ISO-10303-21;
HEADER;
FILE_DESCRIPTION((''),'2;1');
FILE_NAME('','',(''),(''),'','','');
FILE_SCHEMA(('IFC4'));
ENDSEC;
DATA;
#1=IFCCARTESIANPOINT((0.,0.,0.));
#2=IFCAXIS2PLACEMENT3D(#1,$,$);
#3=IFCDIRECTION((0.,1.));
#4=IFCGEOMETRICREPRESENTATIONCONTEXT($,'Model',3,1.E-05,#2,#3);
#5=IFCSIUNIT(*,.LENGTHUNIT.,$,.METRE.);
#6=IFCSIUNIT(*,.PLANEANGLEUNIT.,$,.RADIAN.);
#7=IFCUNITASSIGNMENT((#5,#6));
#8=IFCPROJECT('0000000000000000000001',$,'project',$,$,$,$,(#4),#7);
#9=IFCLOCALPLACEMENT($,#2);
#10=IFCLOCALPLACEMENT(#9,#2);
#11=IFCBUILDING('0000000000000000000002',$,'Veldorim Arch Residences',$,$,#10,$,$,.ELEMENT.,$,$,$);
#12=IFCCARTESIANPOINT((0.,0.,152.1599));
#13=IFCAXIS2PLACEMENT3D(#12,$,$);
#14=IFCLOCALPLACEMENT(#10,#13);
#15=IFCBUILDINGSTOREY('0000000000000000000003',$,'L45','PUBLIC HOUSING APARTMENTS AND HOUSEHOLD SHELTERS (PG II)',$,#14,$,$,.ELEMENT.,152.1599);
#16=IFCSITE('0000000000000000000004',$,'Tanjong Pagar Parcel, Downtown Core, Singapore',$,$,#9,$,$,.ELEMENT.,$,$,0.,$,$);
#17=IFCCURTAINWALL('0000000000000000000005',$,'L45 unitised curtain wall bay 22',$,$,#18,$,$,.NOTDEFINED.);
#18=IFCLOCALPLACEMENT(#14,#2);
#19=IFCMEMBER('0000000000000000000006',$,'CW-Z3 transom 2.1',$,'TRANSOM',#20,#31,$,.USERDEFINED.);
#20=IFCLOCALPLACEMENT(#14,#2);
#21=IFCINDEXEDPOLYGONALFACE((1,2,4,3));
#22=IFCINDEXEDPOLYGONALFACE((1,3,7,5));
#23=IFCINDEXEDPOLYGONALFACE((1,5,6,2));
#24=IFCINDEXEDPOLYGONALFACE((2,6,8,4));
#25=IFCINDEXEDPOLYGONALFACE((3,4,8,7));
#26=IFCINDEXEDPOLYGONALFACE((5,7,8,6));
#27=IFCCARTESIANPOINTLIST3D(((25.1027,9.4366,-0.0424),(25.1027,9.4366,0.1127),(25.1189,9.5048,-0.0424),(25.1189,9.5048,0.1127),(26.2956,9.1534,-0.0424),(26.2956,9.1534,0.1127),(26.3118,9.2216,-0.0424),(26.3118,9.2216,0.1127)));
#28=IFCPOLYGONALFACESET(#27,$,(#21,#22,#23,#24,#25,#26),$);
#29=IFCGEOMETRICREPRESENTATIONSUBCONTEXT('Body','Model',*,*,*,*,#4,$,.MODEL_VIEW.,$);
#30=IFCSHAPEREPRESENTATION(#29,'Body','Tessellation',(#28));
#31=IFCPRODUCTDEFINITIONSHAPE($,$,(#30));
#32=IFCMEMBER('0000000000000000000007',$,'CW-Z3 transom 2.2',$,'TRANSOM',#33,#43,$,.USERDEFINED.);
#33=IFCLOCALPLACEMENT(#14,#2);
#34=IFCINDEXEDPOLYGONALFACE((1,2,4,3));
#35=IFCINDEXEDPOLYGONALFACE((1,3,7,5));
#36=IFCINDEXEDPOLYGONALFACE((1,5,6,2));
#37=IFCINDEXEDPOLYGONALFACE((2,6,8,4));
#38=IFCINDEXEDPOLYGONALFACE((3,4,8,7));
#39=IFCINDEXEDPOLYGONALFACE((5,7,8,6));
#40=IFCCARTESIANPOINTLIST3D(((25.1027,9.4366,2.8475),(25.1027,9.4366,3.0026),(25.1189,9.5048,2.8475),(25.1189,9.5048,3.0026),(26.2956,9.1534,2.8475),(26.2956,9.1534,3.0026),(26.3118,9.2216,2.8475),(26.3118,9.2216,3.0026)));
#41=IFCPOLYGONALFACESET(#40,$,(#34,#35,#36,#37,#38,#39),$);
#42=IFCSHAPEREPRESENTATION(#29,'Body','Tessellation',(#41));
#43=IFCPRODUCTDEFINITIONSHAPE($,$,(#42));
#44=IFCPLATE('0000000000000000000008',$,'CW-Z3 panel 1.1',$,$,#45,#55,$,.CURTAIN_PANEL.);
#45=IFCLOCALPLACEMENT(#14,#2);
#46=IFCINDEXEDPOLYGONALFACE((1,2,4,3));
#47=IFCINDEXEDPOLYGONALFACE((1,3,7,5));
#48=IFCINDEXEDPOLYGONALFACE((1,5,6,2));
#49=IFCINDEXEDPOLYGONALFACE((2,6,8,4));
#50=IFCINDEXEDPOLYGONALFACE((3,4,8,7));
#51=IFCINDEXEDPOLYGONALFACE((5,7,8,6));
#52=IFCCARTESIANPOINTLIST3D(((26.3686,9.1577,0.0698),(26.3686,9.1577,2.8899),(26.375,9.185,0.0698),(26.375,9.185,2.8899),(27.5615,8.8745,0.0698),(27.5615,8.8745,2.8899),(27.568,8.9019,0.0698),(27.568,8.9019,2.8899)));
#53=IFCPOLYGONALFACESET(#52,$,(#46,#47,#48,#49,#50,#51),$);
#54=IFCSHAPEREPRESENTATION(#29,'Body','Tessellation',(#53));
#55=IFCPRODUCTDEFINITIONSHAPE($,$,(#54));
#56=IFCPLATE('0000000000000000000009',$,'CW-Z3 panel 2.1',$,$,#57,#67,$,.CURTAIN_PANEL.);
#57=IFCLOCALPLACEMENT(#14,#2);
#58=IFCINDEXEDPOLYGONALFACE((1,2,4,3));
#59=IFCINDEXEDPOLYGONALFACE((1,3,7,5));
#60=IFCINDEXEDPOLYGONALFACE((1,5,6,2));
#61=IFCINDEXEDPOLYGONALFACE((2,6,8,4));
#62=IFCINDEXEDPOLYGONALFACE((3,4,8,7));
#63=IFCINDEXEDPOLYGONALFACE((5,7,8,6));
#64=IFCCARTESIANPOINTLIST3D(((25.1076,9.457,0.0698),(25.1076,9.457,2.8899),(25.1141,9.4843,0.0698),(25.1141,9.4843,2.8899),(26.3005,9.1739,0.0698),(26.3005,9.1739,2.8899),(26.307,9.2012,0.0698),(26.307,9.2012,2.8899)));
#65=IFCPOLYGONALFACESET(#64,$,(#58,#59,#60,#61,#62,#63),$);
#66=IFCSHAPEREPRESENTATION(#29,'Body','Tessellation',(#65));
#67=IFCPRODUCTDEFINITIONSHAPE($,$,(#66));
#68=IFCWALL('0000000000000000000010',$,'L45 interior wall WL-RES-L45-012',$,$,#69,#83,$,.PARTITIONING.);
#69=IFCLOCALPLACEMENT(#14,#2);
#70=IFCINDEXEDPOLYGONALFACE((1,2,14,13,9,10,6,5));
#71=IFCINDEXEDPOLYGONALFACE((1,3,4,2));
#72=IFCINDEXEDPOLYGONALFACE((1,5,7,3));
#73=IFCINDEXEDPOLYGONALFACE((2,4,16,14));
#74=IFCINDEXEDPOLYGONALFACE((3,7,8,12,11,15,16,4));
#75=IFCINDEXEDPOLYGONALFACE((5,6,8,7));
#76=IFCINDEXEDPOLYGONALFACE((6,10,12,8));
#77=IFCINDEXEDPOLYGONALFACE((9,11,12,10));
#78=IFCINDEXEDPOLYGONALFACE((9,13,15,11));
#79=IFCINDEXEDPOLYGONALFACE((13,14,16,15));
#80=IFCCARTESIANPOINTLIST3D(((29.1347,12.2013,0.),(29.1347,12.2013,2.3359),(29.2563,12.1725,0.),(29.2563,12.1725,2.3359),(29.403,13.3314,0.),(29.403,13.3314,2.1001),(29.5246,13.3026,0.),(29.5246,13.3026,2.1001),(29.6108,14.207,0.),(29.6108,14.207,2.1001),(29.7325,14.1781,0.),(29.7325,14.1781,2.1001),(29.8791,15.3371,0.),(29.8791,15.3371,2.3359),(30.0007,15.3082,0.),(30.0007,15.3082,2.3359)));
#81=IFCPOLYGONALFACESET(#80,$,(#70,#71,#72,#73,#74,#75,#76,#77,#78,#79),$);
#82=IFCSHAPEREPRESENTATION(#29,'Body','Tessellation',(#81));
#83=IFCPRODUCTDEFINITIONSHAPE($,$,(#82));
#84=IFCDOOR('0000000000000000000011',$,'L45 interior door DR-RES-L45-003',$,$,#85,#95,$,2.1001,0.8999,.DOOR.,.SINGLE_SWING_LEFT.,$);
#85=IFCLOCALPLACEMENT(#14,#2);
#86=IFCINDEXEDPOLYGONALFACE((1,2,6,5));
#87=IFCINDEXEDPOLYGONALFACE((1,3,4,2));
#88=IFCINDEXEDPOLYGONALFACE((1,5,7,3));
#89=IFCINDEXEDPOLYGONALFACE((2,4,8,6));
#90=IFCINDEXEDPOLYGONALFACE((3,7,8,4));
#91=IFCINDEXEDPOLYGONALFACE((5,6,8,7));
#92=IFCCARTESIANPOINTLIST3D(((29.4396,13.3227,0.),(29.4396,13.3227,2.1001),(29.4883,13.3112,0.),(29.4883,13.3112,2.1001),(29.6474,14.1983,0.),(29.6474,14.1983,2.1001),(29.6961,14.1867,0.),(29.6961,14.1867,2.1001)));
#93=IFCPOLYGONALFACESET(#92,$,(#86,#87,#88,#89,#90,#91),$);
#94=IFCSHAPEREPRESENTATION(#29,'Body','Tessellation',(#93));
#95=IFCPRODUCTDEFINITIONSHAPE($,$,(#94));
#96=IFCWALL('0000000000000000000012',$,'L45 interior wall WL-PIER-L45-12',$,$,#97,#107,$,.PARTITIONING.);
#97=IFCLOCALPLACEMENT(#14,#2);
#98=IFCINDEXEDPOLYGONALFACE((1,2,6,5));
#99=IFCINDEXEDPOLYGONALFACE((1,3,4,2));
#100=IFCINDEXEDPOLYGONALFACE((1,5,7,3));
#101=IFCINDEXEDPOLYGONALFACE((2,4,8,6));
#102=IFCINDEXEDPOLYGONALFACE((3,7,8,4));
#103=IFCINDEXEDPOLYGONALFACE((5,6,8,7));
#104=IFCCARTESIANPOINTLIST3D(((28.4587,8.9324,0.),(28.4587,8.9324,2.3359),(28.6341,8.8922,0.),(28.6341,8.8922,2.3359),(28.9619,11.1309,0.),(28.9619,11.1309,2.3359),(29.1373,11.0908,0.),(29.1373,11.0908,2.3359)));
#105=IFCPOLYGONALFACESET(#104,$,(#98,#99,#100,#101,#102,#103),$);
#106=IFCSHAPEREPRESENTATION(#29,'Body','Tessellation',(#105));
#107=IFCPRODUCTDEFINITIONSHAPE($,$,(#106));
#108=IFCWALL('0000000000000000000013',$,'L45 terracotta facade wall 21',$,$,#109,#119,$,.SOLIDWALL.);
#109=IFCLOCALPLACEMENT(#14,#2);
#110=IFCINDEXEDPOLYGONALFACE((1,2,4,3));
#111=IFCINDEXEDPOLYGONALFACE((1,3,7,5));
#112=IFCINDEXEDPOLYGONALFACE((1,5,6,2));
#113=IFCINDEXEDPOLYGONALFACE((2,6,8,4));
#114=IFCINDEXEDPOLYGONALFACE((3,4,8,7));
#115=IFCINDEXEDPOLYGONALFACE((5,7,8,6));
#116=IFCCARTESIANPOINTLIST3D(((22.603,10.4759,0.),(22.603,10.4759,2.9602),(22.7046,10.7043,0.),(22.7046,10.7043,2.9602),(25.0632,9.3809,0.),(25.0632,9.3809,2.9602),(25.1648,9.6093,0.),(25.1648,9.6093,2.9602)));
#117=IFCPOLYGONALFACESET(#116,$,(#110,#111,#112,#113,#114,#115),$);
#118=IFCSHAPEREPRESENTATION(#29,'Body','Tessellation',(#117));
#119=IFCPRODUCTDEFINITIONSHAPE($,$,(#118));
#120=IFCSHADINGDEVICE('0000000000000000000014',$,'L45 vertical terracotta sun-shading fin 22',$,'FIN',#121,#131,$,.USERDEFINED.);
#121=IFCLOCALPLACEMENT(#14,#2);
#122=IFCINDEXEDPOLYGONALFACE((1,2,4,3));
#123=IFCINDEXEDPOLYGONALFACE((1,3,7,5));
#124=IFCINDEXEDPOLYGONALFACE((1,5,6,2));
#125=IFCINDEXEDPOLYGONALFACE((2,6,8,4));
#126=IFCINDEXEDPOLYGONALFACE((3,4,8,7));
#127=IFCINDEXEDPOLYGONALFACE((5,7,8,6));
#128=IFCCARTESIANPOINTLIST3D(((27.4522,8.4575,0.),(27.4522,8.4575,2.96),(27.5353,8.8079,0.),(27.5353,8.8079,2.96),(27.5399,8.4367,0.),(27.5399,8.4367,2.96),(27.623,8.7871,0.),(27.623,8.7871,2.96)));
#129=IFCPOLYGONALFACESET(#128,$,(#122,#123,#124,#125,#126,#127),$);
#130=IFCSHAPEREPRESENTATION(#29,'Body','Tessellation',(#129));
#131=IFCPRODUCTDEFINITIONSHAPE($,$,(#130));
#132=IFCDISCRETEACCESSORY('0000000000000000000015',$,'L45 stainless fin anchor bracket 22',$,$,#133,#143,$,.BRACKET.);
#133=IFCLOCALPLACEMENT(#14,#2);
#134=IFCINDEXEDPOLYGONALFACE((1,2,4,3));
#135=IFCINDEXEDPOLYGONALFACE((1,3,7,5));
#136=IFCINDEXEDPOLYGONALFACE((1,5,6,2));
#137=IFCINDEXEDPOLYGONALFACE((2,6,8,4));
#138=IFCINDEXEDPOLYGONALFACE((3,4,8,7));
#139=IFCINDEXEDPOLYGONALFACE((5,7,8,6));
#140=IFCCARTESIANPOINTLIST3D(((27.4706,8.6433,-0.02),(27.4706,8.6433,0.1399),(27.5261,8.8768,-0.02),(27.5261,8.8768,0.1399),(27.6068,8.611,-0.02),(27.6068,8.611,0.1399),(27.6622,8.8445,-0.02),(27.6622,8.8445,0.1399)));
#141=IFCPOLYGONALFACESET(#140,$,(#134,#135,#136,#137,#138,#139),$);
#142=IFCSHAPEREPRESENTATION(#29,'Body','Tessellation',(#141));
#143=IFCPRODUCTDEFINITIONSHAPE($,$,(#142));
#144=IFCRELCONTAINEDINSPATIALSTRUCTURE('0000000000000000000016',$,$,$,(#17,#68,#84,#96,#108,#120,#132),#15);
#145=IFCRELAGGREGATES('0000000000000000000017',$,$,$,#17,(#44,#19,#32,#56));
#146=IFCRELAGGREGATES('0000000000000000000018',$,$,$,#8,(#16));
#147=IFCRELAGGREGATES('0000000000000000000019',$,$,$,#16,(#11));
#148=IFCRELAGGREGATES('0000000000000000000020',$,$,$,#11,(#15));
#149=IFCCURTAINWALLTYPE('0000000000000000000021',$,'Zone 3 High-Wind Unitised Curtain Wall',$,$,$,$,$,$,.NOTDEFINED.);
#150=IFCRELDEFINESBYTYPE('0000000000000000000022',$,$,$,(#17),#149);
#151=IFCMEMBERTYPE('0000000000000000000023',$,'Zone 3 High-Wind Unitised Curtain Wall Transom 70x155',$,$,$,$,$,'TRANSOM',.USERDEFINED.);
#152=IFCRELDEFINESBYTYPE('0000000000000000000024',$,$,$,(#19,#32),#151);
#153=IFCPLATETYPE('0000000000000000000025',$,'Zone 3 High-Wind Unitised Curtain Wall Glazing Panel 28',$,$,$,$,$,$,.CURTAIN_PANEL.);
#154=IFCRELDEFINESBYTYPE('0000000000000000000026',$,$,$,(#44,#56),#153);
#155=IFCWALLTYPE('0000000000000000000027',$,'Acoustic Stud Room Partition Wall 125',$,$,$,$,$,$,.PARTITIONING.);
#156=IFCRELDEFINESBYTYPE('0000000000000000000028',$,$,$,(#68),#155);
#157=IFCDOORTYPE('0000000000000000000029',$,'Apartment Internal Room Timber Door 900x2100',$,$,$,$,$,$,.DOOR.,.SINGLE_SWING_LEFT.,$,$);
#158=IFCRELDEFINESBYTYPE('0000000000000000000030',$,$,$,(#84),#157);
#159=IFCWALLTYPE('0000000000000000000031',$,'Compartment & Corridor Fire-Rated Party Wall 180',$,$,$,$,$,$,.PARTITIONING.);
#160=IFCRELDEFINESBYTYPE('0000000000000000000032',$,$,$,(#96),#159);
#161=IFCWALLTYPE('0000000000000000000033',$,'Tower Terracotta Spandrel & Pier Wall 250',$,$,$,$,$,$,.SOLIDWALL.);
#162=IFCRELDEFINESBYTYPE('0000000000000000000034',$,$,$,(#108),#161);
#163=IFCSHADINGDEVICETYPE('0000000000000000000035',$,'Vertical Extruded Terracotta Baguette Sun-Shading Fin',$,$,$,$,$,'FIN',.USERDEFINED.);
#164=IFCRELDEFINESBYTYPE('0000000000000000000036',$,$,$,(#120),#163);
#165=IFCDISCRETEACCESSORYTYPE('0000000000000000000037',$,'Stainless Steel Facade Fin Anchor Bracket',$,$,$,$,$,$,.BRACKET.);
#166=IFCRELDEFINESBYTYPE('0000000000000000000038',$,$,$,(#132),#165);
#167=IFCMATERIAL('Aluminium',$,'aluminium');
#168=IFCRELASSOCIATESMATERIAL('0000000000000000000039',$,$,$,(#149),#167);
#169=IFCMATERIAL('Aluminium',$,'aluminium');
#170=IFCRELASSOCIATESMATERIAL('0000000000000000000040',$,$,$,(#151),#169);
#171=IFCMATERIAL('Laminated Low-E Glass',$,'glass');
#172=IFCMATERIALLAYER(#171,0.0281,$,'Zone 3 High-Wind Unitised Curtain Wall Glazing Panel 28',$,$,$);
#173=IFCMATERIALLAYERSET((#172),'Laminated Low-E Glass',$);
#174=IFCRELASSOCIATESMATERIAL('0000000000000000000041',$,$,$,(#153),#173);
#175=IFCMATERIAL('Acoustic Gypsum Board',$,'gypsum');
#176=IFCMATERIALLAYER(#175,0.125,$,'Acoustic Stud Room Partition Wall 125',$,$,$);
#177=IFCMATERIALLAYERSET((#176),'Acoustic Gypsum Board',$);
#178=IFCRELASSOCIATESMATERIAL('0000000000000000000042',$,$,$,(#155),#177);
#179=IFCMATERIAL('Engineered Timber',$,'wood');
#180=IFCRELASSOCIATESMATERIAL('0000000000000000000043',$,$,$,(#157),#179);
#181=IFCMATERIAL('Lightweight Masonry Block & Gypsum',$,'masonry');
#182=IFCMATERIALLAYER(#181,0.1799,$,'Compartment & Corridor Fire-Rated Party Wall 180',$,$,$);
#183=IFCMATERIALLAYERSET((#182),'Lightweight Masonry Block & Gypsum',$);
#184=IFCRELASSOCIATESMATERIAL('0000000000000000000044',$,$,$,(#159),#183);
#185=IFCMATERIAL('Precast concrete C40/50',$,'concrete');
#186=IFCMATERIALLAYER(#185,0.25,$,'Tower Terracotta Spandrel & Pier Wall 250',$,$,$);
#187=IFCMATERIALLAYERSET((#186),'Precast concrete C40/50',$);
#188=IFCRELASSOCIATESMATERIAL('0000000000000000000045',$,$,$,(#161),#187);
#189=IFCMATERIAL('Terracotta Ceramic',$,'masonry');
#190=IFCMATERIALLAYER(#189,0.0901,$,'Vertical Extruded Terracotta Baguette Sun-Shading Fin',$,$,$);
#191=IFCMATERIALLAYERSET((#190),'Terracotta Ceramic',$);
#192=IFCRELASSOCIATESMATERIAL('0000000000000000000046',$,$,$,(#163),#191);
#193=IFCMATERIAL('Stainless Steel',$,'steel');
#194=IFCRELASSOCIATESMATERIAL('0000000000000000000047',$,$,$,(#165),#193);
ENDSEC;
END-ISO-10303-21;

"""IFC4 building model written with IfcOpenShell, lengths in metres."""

from ifc_helpers import new_model, si_unit, direction, frame, frame_2d, origin, origin_2d, place, context, subcontext, project, spatial, rectangle, extrude, material, layer, layer_set, material_profile, profile_set, type_object, element, fill, aggregate, save


model = new_model("IFC4")

# Units and contexts
model_context = context("Model", 3, precision=1e-05, world=origin(), true_north=direction((0.0, 1.0)))
body_context = subcontext(model_context, "Body", "Model", "MODEL_VIEW")
ifc_project = project(units=[si_unit("LENGTHUNIT", "METRE"), si_unit("PLANEANGLEUNIT", "RADIAN")], contexts=[model_context])

# Site, building, storey
site_placement = place(None, origin())
site = spatial("IfcSite", under=ifc_project, at=site_placement, Name="Tanjong Pagar Parcel, Downtown Core, Singapore", CompositionType="ELEMENT", RefElevation=0.0)
building_placement = place(site_placement, origin())
building = spatial("IfcBuilding", under=site, at=building_placement, Name="Veldorim Arch Residences", CompositionType="ELEMENT")
storey_placement = place(building_placement, frame((0.0, 0.0, 152.1599)))
storey = spatial("IfcBuildingStorey", under=building, at=storey_placement, Name="L45", Description="PUBLIC HOUSING APARTMENTS AND HOUSEHOLD SHELTERS (PG II)", CompositionType="ELEMENT", Elevation=152.1599)

# Curtain wall, members, plates
ifc_material_1 = material(Name="Aluminium", Category="aluminium")
curtain_wall_type = type_object("IfcCurtainWallType", Name="Zone 3 High-Wind Unitised Curtain Wall", PredefinedType="NOTDEFINED", material=ifc_material_1)
curtain_wall_placement = place(storey_placement, origin())
curtain_wall = element("IfcCurtainWall", 1, at=curtain_wall_placement, inside=storey, type_object=curtain_wall_type, Name="L45 unitised curtain wall bay 22", PredefinedType="NOTDEFINED")
ifc_material_2 = material(Name="Aluminium", Category="aluminium")
ifc_material_profile_1 = material_profile(ifc_material_2, rectangle(XDim=0.0701, YDim=0.155, at=origin_2d()), Name="ALU_TRN_70x155")
ifc_profile_set_1 = profile_set([ifc_material_profile_1], Name="Aluminium")
member_type_1 = type_object("IfcMemberType", Name="Zone 3 High-Wind Unitised Curtain Wall Transom 70x155", ElementType="TRANSOM", PredefinedType="USERDEFINED", material=ifc_profile_set_1)
member_1_placement = place(storey_placement, frame((26.3037, 9.1875, 0.0352), z_axis=(-0.972956, 0.230992, 0.0), x_axis=(-0.230992, -0.972956, 0.0)))
member_1 = element("IfcMember", 2, at=member_1_placement, type_object=member_type_1, Name="CW-Z3 transom 2.1", ObjectType="TRANSOM", PredefinedType="USERDEFINED", context=body_context, shape_type="SweptSolid", body=[
    extrude(rectangle(XDim=0.0701, YDim=0.155, at=origin_2d()), origin(), (0.0, 0.0, 1.0), 1.2261),
])
member_2_placement = place(storey_placement, frame((26.3037, 9.1875, 2.925), z_axis=(-0.972956, 0.230992, 0.0), x_axis=(-0.230992, -0.972956, 0.0)))
member_2 = element("IfcMember", 3, at=member_2_placement, type_object=member_type_1, Name="CW-Z3 transom 2.2", ObjectType="TRANSOM", PredefinedType="USERDEFINED", context=body_context, shape_type="SweptSolid", body=[
    extrude(rectangle(XDim=0.0701, YDim=0.155, at=origin_2d()), origin(), (0.0, 0.0, 1.0), 1.2261),
])
ifc_material_3 = material(Name="Laminated Low-E Glass", Category="glass")
ifc_layer_1 = layer(ifc_material_3, 0.0281, Name="Zone 3 High-Wind Unitised Curtain Wall Glazing Panel 28")
ifc_layer_set_1 = layer_set([ifc_layer_1], Name="Laminated Low-E Glass")
plate_type = type_object("IfcPlateType", Name="Zone 3 High-Wind Unitised Curtain Wall Glazing Panel 28", PredefinedType="CURTAIN_PANEL", material=ifc_layer_set_1)
plate_1_placement = place(storey_placement, frame((26.9683, 9.0298, 0.0698), z_axis=(0.0, 0.0, 1.0), x_axis=(-0.972964, 0.230957, 0.0)))
plate_1 = element("IfcPlate", 4, at=plate_1_placement, type_object=plate_type, Name="CW-Z3 panel 1.1", PredefinedType="CURTAIN_PANEL", context=body_context, shape_type="SweptSolid", body=[
    extrude(rectangle(XDim=1.2261, YDim=0.0281, at=origin_2d()), origin(), (0.0, 0.0, 1.0), 2.8201),
])
plate_2_placement = place(storey_placement, frame((25.7073, 9.3291, 0.0698), z_axis=(0.0, 0.0, 1.0), x_axis=(-0.972964, 0.230957, 0.0)))
plate_2 = element("IfcPlate", 5, at=plate_2_placement, type_object=plate_type, Name="CW-Z3 panel 2.1", PredefinedType="CURTAIN_PANEL", context=body_context, shape_type="SweptSolid", body=[
    extrude(rectangle(XDim=1.2261, YDim=0.0281, at=origin_2d()), origin(), (0.0, 0.0, 1.0), 2.8201),
])
aggregate(curtain_wall, [plate_1, member_1, member_2, plate_2])

# Wall, opening, door
ifc_material_4 = material(Name="Acoustic Gypsum Board", Category="gypsum")
ifc_layer_2 = layer(ifc_material_4, 0.125, Name="Acoustic Stud Room Partition Wall 125")
ifc_layer_set_2 = layer_set([ifc_layer_2], Name="Acoustic Gypsum Board")
wall_type_1 = type_object("IfcWallType", Name="Acoustic Stud Room Partition Wall 125", PredefinedType="PARTITIONING", material=ifc_layer_set_2)
wall_1_placement = place(storey_placement, frame((29.1956, 12.187, 0.0), z_axis=(0.0, 0.0, 1.0), x_axis=(0.230968, 0.972961, 0.0)))
wall_1 = element("IfcWall", 6, at=wall_1_placement, inside=storey, type_object=wall_type_1, Name="L45 interior wall WL-RES-L45-012", PredefinedType="PARTITIONING", context=body_context, shape_type="SweptSolid", body=[
    extrude(rectangle(XDim=3.2229, YDim=0.125, at=frame_2d((1.6113, 0.0))), origin(), (0.0, 0.0, 1.0), 2.3359),
])
opening_placement = place(wall_1_placement, frame((1.1614, 0.0, 0.0)))
opening = element("IfcOpeningElement", 7, at=opening_placement, cuts=wall_1, PredefinedType="OPENING", context=body_context, shape_type="SweptSolid", body=[
    extrude(rectangle(XDim=0.8999, YDim=2.1001, at=frame_2d((0.45, 1.05))), frame((0.0, 0.0725, 0.0), z_axis=(0.0, -1.0, 0.0), x_axis=(1.0, 0.0, 0.0)), (0.0, 0.0, 1.0), 0.145),
])
ifc_material_5 = material(Name="Engineered Timber", Category="wood")
door_type = type_object("IfcDoorType", Name="Apartment Internal Room Timber Door 900x2100", OperationType="SINGLE_SWING_LEFT", PredefinedType="DOOR", material=ifc_material_5)
door_placement = place(opening_placement, origin())
door = element("IfcDoor", 8, at=door_placement, inside=storey, type_object=door_type, Name="L45 interior door DR-RES-L45-003", OperationType="SINGLE_SWING_LEFT", OverallHeight=2.1001, OverallWidth=0.8999, PredefinedType="DOOR", context=body_context, shape_type="SweptSolid", body=[
    extrude(rectangle(XDim=0.8999, YDim=2.1001, at=frame_2d((0.45, 1.05))), frame((0.0, 0.0249, 0.0), z_axis=(0.0, -1.0, 0.0), x_axis=(1.0, 0.0, 0.0)), (0.0, 0.0, 1.0), 0.05),
])
fill(opening, door)

# Walls
ifc_material_6 = material(Name="Lightweight Masonry Block & Gypsum", Category="masonry")
ifc_layer_3 = layer(ifc_material_6, 0.1799, Name="Compartment & Corridor Fire-Rated Party Wall 180")
ifc_layer_set_3 = layer_set([ifc_layer_3], Name="Lightweight Masonry Block & Gypsum")
wall_type_2 = type_object("IfcWallType", Name="Compartment & Corridor Fire-Rated Party Wall 180", PredefinedType="PARTITIONING", material=ifc_layer_set_3)
wall_2_placement = place(storey_placement, frame((29.0496, 11.1108, 0.0), z_axis=(0.0, 0.0, 1.0), x_axis=(-0.223104, -0.974795, 0.0)))
element("IfcWall", 9, at=wall_2_placement, inside=storey, type_object=wall_type_2, Name="L45 interior wall WL-PIER-L45-12", PredefinedType="PARTITIONING", context=body_context, shape_type="SweptSolid", body=[
    extrude(rectangle(XDim=2.2554, YDim=0.1799, at=frame_2d((1.1277, 0.0))), origin(), (0.0, 0.0, 1.0), 2.3359),
])
ifc_material_7 = material(Name="Precast concrete C40/50", Category="concrete")
ifc_layer_4 = layer(ifc_material_7, 0.25, Name="Tower Terracotta Spandrel & Pier Wall 250")
ifc_layer_set_4 = layer_set([ifc_layer_4], Name="Precast concrete C40/50")
wall_type_3 = type_object("IfcWallType", Name="Tower Terracotta Spandrel & Pier Wall 250", PredefinedType="SOLIDWALL", material=ifc_layer_set_4)
wall_3_placement = place(storey_placement, frame((25.114, 9.4951, 0.0), z_axis=(0.0, 0.0, 1.0), x_axis=(-0.913598, 0.406618, 0.0)))
element("IfcWall", 10, at=wall_3_placement, inside=storey, type_object=wall_type_3, Name="L45 terracotta facade wall 21", PredefinedType="SOLIDWALL", context=body_context, shape_type="SweptSolid", body=[
    extrude(rectangle(XDim=2.6929, YDim=0.25, at=frame_2d((1.3464, 0.0))), origin(), (0.0, 0.0, 1.0), 2.9602),
])

# Shading device
ifc_material_8 = material(Name="Terracotta Ceramic", Category="masonry")
ifc_layer_5 = layer(ifc_material_8, 0.0901, Name="Vertical Extruded Terracotta Baguette Sun-Shading Fin")
ifc_layer_set_5 = layer_set([ifc_layer_5], Name="Terracotta Ceramic")
shading_device_type = type_object("IfcShadingDeviceType", Name="Vertical Extruded Terracotta Baguette Sun-Shading Fin", ElementType="FIN", PredefinedType="USERDEFINED", material=ifc_layer_set_5)
shading_device_placement = place(storey_placement, frame((27.5376, 8.6223, 0.0), z_axis=(0.0, 0.0, 1.0), x_axis=(-0.972978, 0.230899, 0.0)))
element("IfcShadingDevice", 11, at=shading_device_placement, inside=storey, type_object=shading_device_type, Name="L45 vertical terracotta sun-shading fin 22", ObjectType="FIN", PredefinedType="USERDEFINED", context=body_context, shape_type="SweptSolid", body=[
    extrude(rectangle(XDim=0.0901, YDim=0.3601, at=origin_2d()), origin(), (0.0, 0.0, 1.0), 2.96),
])

# Discrete accessory
ifc_material_9 = material(Name="Stainless Steel", Category="steel")
discrete_accessory_type = type_object("IfcDiscreteAccessoryType", Name="Stainless Steel Facade Fin Anchor Bracket", PredefinedType="BRACKET", material=ifc_material_9)
discrete_accessory_placement = place(storey_placement, frame((27.5664, 8.7439, -0.02), z_axis=(0.0, 0.0, 1.0), x_axis=(-0.972978, 0.230899, 0.0)))
element("IfcDiscreteAccessory", 12, at=discrete_accessory_placement, inside=storey, type_object=discrete_accessory_type, Name="L45 stainless fin anchor bracket 22", PredefinedType="BRACKET", context=body_context, shape_type="SweptSolid", body=[
    extrude(rectangle(XDim=0.1399, YDim=0.24, at=origin_2d()), origin(), (0.0, 0.0, 1.0), 0.1599),
])

save(model, "model.ifc")
